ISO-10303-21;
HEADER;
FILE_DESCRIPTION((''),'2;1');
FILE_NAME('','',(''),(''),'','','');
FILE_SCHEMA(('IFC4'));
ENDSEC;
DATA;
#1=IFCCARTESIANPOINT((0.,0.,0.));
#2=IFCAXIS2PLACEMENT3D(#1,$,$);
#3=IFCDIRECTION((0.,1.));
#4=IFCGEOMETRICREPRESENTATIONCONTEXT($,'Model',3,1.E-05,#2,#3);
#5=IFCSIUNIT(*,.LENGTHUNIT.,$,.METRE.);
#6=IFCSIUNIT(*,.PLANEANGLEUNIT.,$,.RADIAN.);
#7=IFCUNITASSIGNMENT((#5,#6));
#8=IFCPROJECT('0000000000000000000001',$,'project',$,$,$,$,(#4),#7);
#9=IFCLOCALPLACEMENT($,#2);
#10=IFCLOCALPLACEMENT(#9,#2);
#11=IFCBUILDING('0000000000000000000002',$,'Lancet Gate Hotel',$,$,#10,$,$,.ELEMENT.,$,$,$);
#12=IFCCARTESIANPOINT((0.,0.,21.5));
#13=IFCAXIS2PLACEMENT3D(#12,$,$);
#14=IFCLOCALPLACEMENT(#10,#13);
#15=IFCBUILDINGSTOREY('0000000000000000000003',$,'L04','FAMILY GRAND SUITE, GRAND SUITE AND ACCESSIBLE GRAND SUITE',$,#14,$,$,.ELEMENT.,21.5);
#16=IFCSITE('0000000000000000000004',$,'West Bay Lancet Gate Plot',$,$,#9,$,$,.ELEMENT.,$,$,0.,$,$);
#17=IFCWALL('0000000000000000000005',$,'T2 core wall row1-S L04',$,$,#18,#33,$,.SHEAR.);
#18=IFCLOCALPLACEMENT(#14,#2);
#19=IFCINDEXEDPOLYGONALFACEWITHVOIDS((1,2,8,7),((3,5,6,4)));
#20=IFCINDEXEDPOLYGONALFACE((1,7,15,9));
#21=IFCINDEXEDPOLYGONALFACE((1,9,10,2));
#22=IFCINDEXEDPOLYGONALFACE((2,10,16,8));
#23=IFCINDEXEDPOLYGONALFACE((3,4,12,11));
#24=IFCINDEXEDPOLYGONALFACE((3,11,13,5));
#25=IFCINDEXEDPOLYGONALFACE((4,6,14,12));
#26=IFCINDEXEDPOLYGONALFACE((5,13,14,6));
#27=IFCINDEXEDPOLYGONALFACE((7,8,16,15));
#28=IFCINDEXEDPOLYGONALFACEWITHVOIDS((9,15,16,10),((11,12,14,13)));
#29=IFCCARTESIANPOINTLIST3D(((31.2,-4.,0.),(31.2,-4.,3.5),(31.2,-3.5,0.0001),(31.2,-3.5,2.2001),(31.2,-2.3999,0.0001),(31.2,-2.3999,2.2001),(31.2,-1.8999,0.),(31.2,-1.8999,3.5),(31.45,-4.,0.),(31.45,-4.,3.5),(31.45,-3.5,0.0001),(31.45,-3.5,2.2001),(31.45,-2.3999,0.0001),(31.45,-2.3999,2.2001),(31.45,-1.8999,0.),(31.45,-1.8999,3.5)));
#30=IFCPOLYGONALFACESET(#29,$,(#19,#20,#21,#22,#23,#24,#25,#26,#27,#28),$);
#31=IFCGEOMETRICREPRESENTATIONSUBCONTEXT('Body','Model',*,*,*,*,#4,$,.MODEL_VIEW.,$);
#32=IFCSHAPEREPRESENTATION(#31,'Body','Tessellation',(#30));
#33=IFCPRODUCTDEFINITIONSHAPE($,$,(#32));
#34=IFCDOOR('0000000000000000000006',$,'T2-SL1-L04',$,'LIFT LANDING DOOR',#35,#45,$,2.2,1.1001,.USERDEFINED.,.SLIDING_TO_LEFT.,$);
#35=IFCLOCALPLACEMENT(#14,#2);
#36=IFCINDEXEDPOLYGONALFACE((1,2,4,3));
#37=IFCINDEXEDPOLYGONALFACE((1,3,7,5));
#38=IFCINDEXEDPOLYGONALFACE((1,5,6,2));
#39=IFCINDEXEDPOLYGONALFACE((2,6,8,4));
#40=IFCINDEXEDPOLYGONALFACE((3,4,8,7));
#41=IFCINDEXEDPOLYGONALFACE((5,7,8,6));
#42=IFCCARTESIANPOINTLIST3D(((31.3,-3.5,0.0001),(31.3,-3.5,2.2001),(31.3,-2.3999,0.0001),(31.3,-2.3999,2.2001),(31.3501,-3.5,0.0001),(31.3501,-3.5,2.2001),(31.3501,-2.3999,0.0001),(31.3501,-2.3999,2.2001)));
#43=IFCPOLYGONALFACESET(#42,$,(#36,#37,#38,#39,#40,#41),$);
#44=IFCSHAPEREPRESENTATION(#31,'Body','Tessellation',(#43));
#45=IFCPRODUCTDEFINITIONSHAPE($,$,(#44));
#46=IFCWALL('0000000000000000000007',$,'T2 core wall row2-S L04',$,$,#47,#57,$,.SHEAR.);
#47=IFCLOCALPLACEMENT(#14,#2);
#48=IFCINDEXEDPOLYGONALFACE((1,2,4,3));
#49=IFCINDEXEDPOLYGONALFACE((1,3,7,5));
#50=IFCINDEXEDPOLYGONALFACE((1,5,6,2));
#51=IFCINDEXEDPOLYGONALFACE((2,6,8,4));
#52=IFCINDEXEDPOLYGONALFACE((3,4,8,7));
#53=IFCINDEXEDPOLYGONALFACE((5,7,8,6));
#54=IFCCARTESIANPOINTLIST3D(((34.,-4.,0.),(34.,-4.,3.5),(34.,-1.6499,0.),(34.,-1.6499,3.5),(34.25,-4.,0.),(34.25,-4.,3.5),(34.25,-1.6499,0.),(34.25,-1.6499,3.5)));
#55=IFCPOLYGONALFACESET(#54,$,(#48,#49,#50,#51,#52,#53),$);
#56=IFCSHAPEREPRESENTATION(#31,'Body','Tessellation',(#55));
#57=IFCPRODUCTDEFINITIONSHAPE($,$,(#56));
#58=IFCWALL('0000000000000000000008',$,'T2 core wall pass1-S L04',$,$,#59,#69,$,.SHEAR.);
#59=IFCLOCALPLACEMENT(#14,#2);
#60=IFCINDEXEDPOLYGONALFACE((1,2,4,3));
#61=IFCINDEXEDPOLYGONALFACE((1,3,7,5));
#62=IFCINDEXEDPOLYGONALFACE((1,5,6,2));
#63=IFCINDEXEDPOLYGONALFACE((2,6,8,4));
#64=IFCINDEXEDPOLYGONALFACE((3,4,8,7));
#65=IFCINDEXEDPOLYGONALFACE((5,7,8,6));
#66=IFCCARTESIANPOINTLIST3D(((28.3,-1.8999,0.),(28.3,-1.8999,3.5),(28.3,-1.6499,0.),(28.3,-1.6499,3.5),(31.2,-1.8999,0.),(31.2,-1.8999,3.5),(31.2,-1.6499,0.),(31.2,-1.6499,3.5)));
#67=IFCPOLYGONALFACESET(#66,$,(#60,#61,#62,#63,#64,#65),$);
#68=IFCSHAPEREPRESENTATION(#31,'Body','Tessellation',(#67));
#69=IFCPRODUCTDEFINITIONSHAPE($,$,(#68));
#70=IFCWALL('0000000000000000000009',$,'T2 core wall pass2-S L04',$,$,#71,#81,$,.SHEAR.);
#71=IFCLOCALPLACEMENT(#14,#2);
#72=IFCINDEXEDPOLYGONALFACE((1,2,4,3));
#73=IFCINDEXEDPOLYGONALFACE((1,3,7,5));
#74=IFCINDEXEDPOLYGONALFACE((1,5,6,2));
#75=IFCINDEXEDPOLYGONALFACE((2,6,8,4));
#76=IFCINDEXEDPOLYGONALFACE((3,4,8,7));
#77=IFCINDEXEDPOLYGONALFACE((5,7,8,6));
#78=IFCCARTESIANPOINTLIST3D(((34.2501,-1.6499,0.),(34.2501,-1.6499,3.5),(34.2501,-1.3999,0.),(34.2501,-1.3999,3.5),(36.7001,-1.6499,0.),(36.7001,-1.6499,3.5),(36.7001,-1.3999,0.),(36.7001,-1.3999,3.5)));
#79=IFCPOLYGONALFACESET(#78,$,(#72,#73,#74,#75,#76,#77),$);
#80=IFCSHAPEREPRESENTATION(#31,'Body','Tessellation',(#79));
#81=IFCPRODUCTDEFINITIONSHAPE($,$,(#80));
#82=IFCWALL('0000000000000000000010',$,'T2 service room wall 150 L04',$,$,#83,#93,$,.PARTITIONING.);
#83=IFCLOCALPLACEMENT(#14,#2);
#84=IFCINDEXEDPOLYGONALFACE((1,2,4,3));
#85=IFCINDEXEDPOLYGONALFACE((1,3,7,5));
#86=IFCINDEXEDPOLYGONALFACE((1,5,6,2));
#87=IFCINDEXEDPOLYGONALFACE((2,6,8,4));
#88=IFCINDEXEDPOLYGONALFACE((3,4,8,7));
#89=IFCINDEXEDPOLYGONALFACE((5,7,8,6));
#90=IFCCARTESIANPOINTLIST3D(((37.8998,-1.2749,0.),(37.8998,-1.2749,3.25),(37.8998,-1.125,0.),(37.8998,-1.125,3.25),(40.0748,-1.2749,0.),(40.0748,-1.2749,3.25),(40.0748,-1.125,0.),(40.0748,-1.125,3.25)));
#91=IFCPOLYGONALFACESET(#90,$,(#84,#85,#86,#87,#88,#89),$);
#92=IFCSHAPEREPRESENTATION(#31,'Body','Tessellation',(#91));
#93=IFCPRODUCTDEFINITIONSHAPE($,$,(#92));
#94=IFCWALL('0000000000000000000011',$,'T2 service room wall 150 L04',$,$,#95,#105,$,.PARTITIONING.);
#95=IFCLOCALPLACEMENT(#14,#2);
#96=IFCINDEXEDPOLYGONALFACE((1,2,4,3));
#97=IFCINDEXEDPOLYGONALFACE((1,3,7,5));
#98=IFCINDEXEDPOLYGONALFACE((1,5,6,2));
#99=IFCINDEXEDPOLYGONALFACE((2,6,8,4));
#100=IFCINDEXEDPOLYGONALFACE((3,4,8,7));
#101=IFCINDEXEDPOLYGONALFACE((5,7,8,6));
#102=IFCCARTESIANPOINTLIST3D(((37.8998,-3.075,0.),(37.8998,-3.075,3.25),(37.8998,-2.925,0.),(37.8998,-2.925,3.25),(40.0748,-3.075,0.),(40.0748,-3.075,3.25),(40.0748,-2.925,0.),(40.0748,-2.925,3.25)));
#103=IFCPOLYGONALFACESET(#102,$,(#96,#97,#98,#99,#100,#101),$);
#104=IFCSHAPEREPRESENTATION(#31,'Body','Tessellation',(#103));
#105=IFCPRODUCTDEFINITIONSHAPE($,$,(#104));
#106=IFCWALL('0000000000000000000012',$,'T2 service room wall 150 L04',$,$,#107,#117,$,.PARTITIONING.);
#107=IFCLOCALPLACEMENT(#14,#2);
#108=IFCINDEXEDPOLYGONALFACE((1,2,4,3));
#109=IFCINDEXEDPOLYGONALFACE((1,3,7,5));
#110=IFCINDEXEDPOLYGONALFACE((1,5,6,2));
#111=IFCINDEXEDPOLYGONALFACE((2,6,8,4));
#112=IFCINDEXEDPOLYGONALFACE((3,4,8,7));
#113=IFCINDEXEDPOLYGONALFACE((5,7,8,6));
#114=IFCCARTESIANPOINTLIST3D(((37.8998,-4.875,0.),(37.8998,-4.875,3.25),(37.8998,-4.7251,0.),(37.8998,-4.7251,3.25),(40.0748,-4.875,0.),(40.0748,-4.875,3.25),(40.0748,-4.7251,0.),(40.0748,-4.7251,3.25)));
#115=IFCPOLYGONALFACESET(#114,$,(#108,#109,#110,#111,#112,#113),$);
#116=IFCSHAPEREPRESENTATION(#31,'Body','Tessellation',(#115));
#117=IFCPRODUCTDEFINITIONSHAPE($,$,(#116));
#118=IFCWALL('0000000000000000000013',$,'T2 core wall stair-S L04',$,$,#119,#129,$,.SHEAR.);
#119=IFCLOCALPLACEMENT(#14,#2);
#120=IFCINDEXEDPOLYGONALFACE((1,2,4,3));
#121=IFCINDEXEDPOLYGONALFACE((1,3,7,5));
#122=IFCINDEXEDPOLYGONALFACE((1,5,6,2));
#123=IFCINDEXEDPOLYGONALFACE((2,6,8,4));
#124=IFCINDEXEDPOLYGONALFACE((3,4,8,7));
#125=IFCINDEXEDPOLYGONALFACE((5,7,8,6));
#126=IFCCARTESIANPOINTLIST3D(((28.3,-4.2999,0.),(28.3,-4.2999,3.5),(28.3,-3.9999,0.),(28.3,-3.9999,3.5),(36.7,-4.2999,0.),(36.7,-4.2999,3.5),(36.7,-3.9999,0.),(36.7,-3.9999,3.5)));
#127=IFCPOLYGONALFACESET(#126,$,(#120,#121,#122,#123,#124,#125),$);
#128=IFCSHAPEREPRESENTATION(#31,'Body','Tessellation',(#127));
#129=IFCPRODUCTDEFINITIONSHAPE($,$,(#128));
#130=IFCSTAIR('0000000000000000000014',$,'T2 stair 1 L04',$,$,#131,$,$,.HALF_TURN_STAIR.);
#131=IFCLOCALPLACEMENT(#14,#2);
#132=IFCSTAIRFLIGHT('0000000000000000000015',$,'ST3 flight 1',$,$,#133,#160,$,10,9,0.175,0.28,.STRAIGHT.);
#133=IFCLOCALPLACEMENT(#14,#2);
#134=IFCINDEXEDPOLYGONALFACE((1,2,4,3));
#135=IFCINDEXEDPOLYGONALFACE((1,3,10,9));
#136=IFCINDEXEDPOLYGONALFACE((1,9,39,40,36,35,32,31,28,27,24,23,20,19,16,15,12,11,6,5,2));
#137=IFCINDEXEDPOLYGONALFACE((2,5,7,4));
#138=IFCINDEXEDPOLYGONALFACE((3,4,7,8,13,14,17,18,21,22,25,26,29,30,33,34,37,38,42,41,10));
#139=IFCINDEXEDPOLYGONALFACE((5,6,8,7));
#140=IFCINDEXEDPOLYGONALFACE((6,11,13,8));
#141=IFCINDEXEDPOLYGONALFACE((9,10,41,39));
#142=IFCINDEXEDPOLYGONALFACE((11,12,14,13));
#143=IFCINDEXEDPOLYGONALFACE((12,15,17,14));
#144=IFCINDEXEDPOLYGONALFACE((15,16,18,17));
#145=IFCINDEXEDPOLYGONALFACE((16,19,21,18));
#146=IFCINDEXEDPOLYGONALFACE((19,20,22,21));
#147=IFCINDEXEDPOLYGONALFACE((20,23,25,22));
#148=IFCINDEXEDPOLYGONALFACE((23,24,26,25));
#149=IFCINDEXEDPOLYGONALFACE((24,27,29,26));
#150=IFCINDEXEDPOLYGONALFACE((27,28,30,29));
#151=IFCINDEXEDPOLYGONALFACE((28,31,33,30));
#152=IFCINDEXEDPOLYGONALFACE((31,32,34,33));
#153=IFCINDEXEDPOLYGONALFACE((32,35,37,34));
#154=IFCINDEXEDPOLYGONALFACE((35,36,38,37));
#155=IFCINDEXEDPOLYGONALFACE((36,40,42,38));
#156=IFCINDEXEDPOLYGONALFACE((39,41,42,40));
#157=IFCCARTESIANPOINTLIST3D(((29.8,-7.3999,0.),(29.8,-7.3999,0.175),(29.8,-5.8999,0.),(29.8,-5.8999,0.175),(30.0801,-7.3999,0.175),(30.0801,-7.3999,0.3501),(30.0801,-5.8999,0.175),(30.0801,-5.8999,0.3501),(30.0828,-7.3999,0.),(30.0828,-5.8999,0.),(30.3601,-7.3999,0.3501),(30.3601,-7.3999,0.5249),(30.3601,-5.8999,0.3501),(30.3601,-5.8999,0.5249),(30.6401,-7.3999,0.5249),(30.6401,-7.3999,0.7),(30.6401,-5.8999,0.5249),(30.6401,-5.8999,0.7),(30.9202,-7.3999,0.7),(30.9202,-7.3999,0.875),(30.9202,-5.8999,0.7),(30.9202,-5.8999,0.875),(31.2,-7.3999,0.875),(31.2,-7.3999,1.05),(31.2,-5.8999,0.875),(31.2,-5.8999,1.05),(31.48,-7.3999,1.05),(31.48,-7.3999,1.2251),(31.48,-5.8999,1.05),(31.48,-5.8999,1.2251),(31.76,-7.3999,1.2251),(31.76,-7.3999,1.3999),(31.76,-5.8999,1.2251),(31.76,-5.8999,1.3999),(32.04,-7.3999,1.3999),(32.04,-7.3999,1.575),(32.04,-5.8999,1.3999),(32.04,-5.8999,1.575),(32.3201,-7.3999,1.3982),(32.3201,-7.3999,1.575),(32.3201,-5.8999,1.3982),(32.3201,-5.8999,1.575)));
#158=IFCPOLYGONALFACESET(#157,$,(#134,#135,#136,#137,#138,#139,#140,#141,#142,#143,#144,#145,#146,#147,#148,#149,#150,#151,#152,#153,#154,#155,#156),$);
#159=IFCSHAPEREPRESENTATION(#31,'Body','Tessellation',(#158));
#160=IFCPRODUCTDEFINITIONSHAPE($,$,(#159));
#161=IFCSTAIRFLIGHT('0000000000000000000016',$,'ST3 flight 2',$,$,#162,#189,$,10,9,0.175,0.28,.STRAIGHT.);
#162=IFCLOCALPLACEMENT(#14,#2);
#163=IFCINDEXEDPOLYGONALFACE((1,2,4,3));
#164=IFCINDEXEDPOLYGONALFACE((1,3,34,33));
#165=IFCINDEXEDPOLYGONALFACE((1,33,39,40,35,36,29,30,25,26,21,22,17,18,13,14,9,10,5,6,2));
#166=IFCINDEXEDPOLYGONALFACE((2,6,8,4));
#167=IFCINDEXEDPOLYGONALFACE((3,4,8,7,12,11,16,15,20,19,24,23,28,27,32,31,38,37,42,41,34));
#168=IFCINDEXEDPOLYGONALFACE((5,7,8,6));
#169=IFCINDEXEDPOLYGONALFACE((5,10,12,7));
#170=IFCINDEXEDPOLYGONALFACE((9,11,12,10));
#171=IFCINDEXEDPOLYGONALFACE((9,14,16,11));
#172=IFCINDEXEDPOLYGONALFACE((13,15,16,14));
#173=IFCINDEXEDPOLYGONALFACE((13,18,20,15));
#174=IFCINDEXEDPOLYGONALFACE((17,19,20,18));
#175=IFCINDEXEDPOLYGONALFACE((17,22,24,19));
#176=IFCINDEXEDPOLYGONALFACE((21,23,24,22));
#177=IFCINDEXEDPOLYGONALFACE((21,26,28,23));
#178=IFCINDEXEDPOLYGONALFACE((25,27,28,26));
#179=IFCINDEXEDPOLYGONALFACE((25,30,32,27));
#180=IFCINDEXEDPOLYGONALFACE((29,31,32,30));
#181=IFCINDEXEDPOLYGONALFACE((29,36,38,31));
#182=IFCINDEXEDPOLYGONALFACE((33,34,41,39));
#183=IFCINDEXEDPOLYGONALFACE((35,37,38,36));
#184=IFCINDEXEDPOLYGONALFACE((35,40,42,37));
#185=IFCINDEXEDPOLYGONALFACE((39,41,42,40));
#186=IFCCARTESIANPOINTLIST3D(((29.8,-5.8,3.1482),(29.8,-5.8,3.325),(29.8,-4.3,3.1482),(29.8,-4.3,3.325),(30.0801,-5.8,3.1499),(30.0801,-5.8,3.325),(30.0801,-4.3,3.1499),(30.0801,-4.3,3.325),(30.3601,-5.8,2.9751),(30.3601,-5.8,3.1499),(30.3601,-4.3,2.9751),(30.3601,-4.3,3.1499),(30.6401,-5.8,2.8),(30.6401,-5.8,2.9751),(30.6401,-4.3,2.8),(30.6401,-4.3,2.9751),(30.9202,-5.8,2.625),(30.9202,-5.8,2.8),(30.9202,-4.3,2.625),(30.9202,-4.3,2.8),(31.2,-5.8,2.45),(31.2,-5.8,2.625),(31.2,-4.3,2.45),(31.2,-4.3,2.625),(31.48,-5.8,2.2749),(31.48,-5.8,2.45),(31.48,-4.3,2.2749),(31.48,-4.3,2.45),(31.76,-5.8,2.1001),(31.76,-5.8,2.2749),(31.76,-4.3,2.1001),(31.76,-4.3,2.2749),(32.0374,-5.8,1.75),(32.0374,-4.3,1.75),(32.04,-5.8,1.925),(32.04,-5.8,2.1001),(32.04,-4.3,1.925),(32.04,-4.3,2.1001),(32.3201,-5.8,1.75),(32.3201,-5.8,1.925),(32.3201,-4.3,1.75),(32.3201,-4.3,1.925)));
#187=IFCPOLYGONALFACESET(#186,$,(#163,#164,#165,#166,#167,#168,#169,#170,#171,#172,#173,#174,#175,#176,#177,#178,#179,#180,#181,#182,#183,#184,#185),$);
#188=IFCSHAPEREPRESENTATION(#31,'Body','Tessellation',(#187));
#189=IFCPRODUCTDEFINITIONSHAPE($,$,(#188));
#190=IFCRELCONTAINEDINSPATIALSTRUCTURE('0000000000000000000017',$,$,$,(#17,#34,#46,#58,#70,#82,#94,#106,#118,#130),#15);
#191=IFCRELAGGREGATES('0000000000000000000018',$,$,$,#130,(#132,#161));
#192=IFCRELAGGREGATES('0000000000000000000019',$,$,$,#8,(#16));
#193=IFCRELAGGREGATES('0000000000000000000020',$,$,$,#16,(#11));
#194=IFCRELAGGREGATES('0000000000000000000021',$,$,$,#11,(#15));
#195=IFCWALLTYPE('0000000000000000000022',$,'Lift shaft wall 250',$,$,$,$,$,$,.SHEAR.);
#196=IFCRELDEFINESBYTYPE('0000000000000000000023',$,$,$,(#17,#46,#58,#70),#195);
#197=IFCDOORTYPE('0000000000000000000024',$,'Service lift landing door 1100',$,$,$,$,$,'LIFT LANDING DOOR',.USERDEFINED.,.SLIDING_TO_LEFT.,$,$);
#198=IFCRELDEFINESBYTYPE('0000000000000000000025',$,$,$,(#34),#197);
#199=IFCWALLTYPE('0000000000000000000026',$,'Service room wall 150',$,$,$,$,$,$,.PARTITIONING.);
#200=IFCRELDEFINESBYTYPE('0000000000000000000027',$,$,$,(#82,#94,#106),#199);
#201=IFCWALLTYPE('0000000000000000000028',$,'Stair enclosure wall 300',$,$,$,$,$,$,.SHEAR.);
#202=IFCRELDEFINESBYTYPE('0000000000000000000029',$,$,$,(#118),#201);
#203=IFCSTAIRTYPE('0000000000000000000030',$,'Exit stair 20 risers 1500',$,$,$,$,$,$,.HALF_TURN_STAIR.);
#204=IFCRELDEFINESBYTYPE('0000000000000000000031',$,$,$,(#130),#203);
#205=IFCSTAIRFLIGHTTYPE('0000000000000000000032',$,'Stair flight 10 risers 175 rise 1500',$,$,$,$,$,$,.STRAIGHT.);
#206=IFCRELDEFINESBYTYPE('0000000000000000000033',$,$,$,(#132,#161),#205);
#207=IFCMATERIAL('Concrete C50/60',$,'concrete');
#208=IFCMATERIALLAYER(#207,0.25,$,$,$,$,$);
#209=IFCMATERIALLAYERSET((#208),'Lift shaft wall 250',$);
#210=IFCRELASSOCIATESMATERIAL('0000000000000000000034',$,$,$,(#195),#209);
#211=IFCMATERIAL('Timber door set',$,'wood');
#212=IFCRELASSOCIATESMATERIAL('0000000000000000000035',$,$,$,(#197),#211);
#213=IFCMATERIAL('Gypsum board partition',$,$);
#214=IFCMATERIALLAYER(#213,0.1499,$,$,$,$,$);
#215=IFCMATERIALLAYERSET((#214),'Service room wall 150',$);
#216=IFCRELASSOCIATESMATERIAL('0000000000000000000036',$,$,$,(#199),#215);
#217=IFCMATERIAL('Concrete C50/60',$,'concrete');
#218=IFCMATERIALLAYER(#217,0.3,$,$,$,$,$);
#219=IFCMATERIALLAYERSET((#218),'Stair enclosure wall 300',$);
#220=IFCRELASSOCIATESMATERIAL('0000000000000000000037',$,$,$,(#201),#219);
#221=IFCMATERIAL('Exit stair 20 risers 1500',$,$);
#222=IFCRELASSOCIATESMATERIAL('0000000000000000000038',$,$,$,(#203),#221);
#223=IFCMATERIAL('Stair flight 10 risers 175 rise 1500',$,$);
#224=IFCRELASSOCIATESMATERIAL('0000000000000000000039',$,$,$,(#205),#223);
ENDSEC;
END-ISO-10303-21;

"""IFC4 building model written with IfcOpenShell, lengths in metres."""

from ifc_helpers import new_model, si_unit, direction, frame, frame_2d, origin, place, context, subcontext, project, spatial, polyline, rectangle, outline, extrude, material, layer, layer_set, type_object, element, fill, aggregate, save


model = new_model("IFC4")

# Units and contexts
model_context = context("Model", 3, precision=1e-05, world=origin(), true_north=direction((0.0, 1.0)))
body_context = subcontext(model_context, "Body", "Model", "MODEL_VIEW")
ifc_project = project(units=[si_unit("LENGTHUNIT", "METRE"), si_unit("PLANEANGLEUNIT", "RADIAN")], contexts=[model_context])

# Site, building, storey
site_placement = place(None, origin())
site = spatial("IfcSite", under=ifc_project, at=site_placement, Name="West Bay Lancet Gate Plot", CompositionType="ELEMENT", RefElevation=0.0)
building_placement = place(site_placement, origin())
building = spatial("IfcBuilding", under=site, at=building_placement, Name="Lancet Gate Hotel", CompositionType="ELEMENT")
storey_placement = place(building_placement, frame((0.0, 0.0, 21.5)))
storey = spatial("IfcBuildingStorey", under=building, at=storey_placement, Name="L04", Description="FAMILY GRAND SUITE, GRAND SUITE AND ACCESSIBLE GRAND SUITE", CompositionType="ELEMENT", Elevation=21.5)

# Wall, opening, door
ifc_material_1 = material(Name="Concrete C50/60", Category="concrete")
ifc_layer_1 = layer(ifc_material_1, 0.25)
ifc_layer_set_1 = layer_set([ifc_layer_1], Name="Lift shaft wall 250")
wall_type_1 = type_object("IfcWallType", Name="Lift shaft wall 250", PredefinedType="SHEAR", material=ifc_layer_set_1)
wall_1_placement = place(storey_placement, frame((31.325, -4.0, 0.0), z_axis=(0.0, 0.0, 1.0), x_axis=(0.0, 1.0, 0.0)))
wall_1 = element("IfcWall", 1, at=wall_1_placement, inside=storey, type_object=wall_type_1, Name="T2 core wall row1-S L04", PredefinedType="SHEAR", context=body_context, shape_type="SweptSolid", body=[
    extrude(rectangle(XDim=2.1001, YDim=0.25, at=frame_2d((1.05, 0.0))), origin(), (0.0, 0.0, 1.0), 3.5),
])
opening_1_placement = place(wall_1_placement, frame((0.5, 0.0, 0.0)))
opening_1 = element("IfcOpeningElement", 2, at=opening_1_placement, cuts=wall_1, PredefinedType="OPENING", context=body_context, shape_type="SweptSolid", body=[
    extrude(rectangle(XDim=1.1001, YDim=2.2, at=frame_2d((0.55, 1.1001))), frame((0.0, 0.135, 0.0), z_axis=(0.0, -1.0, 0.0), x_axis=(1.0, 0.0, 0.0)), (0.0, 0.0, 1.0), 0.27),
])
ifc_material_2 = material(Name="Timber door set", Category="wood")
door_type_1 = type_object("IfcDoorType", Name="Service lift landing door 1100", ElementType="LIFT LANDING DOOR", OperationType="SLIDING_TO_LEFT", PredefinedType="USERDEFINED", material=ifc_material_2)
door_1_placement = place(opening_1_placement, origin())
door_1 = element("IfcDoor", 3, at=door_1_placement, inside=storey, type_object=door_type_1, Name="T2-SL1-L04", ObjectType="LIFT LANDING DOOR", OperationType="SLIDING_TO_LEFT", OverallHeight=2.2, OverallWidth=1.1001, PredefinedType="USERDEFINED", context=body_context, shape_type="SweptSolid", body=[
    extrude(rectangle(XDim=1.1001, YDim=2.2, at=frame_2d((0.55, 1.1001))), frame((0.0, 0.0249, 0.0), z_axis=(0.0, -1.0, 0.0), x_axis=(1.0, 0.0, 0.0)), (0.0, 0.0, 1.0), 0.05),
])
fill(opening_1, door_1)

# Walls
wall_2_placement = place(storey_placement, frame((34.125, -4.0, 0.0), z_axis=(0.0, 0.0, 1.0), x_axis=(0.0, 1.0, 0.0)))
element("IfcWall", 4, at=wall_2_placement, inside=storey, type_object=wall_type_1, Name="T2 core wall row2-S L04", PredefinedType="SHEAR", context=body_context, shape_type="SweptSolid", body=[
    extrude(rectangle(XDim=2.3501, YDim=0.25, at=frame_2d((1.175, 0.0))), origin(), (0.0, 0.0, 1.0), 3.5),
])
wall_3_placement = place(storey_placement, frame((28.3, -1.7749, 0.0), z_axis=(0.0, 0.0, 1.0), x_axis=(1.0, 0.0, 0.0)))
element("IfcWall", 5, at=wall_3_placement, inside=storey, type_object=wall_type_1, Name="T2 core wall pass1-S L04", PredefinedType="SHEAR", context=body_context, shape_type="SweptSolid", body=[
    extrude(rectangle(XDim=2.8999, YDim=0.25, at=frame_2d((1.45, 0.0))), origin(), (0.0, 0.0, 1.0), 3.5),
])
wall_4_placement = place(storey_placement, frame((34.25, -1.5249, 0.0), z_axis=(0.0, 0.0, 1.0), x_axis=(1.0, 0.0, 0.0)))
element("IfcWall", 6, at=wall_4_placement, inside=storey, type_object=wall_type_1, Name="T2 core wall pass2-S L04", PredefinedType="SHEAR", context=body_context, shape_type="SweptSolid", body=[
    extrude(rectangle(XDim=2.45, YDim=0.25, at=frame_2d((1.2251, 0.0))), origin(), (0.0, 0.0, 1.0), 3.5),
])
ifc_material_3 = material(Name="Gypsum board partition")
ifc_layer_2 = layer(ifc_material_3, 0.1499)
ifc_layer_set_2 = layer_set([ifc_layer_2], Name="Service room wall 150")
wall_type_2 = type_object("IfcWallType", Name="Service room wall 150", PredefinedType="PARTITIONING", material=ifc_layer_set_2)
for number, where, z_axis, x_axis, name in (
    (7, (37.8999, -1.2, 0.0), (0.0, 0.0, 1.0), (1.0, 0.0, 0.0), "T2 service room wall 150 L04"),
    (8, (37.8999, -3.0, 0.0), (0.0, 0.0, 1.0), (1.0, 0.0, 0.0), "T2 service room wall 150 L04"),
    (9, (37.8999, -4.8, 0.0), (0.0, 0.0, 1.0), (1.0, 0.0, 0.0), "T2 service room wall 150 L04"),
):
    element("IfcWall", number, at=place(storey_placement, frame(where, z_axis=z_axis, x_axis=x_axis)), inside=storey, type_object=wall_type_2, Name=name, PredefinedType="PARTITIONING", context=body_context, shape_type="SweptSolid", body=[
        extrude(rectangle(XDim=2.175, YDim=0.1499, at=frame_2d((1.0874, 0.0))), origin(), (0.0, 0.0, 1.0), 3.25),
    ])
ifc_material_4 = material(Name="Concrete C50/60", Category="concrete")
ifc_layer_3 = layer(ifc_material_4, 0.3)
ifc_layer_set_3 = layer_set([ifc_layer_3], Name="Stair enclosure wall 300")
wall_type_3 = type_object("IfcWallType", Name="Stair enclosure wall 300", PredefinedType="SHEAR", material=ifc_layer_set_3)
wall_5_placement = place(storey_placement, frame((28.3, -4.1499, 0.0), z_axis=(0.0, 0.0, 1.0), x_axis=(1.0, 0.0, 0.0)))
element("IfcWall", 10, at=wall_5_placement, inside=storey, type_object=wall_type_3, Name="T2 core wall stair-S L04", PredefinedType="SHEAR", context=body_context, shape_type="SweptSolid", body=[
    extrude(rectangle(XDim=8.3999, YDim=0.3, at=frame_2d((4.2, 0.0))), origin(), (0.0, 0.0, 1.0), 3.5),
])

# Stair, stair flights
ifc_material_5 = material(Name="Exit stair 20 risers 1500")
stair_type = type_object("IfcStairType", Name="Exit stair 20 risers 1500", PredefinedType="HALF_TURN_STAIR", material=ifc_material_5)
stair_placement = place(storey_placement, origin())
stair = element("IfcStair", 11, at=stair_placement, inside=storey, type_object=stair_type, Name="T2 stair 1 L04", PredefinedType="HALF_TURN_STAIR")
ifc_material_6 = material(Name="Stair flight 10 risers 175 rise 1500")
stair_flight_type = type_object("IfcStairFlightType", Name="Stair flight 10 risers 175 rise 1500", PredefinedType="STRAIGHT", material=ifc_material_6)
stair_flight_1_placement = place(storey_placement, frame((29.8, -6.6499, 0.0), z_axis=(0.0, 0.0, 1.0), x_axis=(1.0, 0.0, 0.0)))
stair_flight_1 = element("IfcStairFlight", 12, at=stair_flight_1_placement, type_object=stair_flight_type, Name="ST3 flight 1", NumberOfRisers=10, NumberOfTreads=9, PredefinedType="STRAIGHT", RiserHeight=0.175, TreadLength=0.28, context=body_context, shape_type="SweptSolid", body=[
    extrude(outline(polyline([(0.0, 0.0), (0.0, 0.175), (0.28, 0.175), (0.28, 0.3501), (0.5601, 0.3501), (0.5601, 0.5249), (0.8401, 0.5249), (0.8401, 0.7), (1.1201, 0.7), (1.1201, 0.875), (1.3999, 0.875), (1.3999, 1.05), (1.6799, 1.05), (1.6799, 1.2251), (1.96, 1.2251), (1.96, 1.3999), (2.24, 1.3999), (2.24, 1.575), (2.52, 1.575), (2.52, 1.75), (2.52, 1.3982), (0.2827, 0.0), (0.0, 0.0)])), frame((0.0, 0.75, 0.0), z_axis=(0.0, -1.0, 0.0), x_axis=(1.0, 0.0, 0.0)), (0.0, 0.0, 1.0), 1.5),
])
stair_flight_2_placement = place(storey_placement, frame((32.3201, -5.05, 1.75), z_axis=(0.0, 0.0, 1.0), x_axis=(-1.0, 0.0, 0.0)))
stair_flight_2 = element("IfcStairFlight", 13, at=stair_flight_2_placement, type_object=stair_flight_type, Name="ST3 flight 2", NumberOfRisers=10, NumberOfTreads=9, PredefinedType="STRAIGHT", RiserHeight=0.175, TreadLength=0.28, context=body_context, shape_type="SweptSolid", body=[
    extrude(outline(polyline([(0.0, 0.0), (0.0, 0.175), (0.28, 0.175), (0.28, 0.3501), (0.5601, 0.3501), (0.5601, 0.5249), (0.8401, 0.5249), (0.8401, 0.7), (1.1201, 0.7), (1.1201, 0.875), (1.3999, 0.875), (1.3999, 1.05), (1.6799, 1.05), (1.6799, 1.2251), (1.96, 1.2251), (1.96, 1.3999), (2.24, 1.3999), (2.24, 1.575), (2.52, 1.575), (2.52, 1.75), (2.52, 1.3982), (0.2827, 0.0), (0.0, 0.0)])), frame((0.0, 0.75, 0.0), z_axis=(0.0, -1.0, 0.0), x_axis=(1.0, 0.0, 0.0)), (0.0, 0.0, 1.0), 1.5),
])
aggregate(stair, [stair_flight_1, stair_flight_2])

save(model, "model.ifc")
